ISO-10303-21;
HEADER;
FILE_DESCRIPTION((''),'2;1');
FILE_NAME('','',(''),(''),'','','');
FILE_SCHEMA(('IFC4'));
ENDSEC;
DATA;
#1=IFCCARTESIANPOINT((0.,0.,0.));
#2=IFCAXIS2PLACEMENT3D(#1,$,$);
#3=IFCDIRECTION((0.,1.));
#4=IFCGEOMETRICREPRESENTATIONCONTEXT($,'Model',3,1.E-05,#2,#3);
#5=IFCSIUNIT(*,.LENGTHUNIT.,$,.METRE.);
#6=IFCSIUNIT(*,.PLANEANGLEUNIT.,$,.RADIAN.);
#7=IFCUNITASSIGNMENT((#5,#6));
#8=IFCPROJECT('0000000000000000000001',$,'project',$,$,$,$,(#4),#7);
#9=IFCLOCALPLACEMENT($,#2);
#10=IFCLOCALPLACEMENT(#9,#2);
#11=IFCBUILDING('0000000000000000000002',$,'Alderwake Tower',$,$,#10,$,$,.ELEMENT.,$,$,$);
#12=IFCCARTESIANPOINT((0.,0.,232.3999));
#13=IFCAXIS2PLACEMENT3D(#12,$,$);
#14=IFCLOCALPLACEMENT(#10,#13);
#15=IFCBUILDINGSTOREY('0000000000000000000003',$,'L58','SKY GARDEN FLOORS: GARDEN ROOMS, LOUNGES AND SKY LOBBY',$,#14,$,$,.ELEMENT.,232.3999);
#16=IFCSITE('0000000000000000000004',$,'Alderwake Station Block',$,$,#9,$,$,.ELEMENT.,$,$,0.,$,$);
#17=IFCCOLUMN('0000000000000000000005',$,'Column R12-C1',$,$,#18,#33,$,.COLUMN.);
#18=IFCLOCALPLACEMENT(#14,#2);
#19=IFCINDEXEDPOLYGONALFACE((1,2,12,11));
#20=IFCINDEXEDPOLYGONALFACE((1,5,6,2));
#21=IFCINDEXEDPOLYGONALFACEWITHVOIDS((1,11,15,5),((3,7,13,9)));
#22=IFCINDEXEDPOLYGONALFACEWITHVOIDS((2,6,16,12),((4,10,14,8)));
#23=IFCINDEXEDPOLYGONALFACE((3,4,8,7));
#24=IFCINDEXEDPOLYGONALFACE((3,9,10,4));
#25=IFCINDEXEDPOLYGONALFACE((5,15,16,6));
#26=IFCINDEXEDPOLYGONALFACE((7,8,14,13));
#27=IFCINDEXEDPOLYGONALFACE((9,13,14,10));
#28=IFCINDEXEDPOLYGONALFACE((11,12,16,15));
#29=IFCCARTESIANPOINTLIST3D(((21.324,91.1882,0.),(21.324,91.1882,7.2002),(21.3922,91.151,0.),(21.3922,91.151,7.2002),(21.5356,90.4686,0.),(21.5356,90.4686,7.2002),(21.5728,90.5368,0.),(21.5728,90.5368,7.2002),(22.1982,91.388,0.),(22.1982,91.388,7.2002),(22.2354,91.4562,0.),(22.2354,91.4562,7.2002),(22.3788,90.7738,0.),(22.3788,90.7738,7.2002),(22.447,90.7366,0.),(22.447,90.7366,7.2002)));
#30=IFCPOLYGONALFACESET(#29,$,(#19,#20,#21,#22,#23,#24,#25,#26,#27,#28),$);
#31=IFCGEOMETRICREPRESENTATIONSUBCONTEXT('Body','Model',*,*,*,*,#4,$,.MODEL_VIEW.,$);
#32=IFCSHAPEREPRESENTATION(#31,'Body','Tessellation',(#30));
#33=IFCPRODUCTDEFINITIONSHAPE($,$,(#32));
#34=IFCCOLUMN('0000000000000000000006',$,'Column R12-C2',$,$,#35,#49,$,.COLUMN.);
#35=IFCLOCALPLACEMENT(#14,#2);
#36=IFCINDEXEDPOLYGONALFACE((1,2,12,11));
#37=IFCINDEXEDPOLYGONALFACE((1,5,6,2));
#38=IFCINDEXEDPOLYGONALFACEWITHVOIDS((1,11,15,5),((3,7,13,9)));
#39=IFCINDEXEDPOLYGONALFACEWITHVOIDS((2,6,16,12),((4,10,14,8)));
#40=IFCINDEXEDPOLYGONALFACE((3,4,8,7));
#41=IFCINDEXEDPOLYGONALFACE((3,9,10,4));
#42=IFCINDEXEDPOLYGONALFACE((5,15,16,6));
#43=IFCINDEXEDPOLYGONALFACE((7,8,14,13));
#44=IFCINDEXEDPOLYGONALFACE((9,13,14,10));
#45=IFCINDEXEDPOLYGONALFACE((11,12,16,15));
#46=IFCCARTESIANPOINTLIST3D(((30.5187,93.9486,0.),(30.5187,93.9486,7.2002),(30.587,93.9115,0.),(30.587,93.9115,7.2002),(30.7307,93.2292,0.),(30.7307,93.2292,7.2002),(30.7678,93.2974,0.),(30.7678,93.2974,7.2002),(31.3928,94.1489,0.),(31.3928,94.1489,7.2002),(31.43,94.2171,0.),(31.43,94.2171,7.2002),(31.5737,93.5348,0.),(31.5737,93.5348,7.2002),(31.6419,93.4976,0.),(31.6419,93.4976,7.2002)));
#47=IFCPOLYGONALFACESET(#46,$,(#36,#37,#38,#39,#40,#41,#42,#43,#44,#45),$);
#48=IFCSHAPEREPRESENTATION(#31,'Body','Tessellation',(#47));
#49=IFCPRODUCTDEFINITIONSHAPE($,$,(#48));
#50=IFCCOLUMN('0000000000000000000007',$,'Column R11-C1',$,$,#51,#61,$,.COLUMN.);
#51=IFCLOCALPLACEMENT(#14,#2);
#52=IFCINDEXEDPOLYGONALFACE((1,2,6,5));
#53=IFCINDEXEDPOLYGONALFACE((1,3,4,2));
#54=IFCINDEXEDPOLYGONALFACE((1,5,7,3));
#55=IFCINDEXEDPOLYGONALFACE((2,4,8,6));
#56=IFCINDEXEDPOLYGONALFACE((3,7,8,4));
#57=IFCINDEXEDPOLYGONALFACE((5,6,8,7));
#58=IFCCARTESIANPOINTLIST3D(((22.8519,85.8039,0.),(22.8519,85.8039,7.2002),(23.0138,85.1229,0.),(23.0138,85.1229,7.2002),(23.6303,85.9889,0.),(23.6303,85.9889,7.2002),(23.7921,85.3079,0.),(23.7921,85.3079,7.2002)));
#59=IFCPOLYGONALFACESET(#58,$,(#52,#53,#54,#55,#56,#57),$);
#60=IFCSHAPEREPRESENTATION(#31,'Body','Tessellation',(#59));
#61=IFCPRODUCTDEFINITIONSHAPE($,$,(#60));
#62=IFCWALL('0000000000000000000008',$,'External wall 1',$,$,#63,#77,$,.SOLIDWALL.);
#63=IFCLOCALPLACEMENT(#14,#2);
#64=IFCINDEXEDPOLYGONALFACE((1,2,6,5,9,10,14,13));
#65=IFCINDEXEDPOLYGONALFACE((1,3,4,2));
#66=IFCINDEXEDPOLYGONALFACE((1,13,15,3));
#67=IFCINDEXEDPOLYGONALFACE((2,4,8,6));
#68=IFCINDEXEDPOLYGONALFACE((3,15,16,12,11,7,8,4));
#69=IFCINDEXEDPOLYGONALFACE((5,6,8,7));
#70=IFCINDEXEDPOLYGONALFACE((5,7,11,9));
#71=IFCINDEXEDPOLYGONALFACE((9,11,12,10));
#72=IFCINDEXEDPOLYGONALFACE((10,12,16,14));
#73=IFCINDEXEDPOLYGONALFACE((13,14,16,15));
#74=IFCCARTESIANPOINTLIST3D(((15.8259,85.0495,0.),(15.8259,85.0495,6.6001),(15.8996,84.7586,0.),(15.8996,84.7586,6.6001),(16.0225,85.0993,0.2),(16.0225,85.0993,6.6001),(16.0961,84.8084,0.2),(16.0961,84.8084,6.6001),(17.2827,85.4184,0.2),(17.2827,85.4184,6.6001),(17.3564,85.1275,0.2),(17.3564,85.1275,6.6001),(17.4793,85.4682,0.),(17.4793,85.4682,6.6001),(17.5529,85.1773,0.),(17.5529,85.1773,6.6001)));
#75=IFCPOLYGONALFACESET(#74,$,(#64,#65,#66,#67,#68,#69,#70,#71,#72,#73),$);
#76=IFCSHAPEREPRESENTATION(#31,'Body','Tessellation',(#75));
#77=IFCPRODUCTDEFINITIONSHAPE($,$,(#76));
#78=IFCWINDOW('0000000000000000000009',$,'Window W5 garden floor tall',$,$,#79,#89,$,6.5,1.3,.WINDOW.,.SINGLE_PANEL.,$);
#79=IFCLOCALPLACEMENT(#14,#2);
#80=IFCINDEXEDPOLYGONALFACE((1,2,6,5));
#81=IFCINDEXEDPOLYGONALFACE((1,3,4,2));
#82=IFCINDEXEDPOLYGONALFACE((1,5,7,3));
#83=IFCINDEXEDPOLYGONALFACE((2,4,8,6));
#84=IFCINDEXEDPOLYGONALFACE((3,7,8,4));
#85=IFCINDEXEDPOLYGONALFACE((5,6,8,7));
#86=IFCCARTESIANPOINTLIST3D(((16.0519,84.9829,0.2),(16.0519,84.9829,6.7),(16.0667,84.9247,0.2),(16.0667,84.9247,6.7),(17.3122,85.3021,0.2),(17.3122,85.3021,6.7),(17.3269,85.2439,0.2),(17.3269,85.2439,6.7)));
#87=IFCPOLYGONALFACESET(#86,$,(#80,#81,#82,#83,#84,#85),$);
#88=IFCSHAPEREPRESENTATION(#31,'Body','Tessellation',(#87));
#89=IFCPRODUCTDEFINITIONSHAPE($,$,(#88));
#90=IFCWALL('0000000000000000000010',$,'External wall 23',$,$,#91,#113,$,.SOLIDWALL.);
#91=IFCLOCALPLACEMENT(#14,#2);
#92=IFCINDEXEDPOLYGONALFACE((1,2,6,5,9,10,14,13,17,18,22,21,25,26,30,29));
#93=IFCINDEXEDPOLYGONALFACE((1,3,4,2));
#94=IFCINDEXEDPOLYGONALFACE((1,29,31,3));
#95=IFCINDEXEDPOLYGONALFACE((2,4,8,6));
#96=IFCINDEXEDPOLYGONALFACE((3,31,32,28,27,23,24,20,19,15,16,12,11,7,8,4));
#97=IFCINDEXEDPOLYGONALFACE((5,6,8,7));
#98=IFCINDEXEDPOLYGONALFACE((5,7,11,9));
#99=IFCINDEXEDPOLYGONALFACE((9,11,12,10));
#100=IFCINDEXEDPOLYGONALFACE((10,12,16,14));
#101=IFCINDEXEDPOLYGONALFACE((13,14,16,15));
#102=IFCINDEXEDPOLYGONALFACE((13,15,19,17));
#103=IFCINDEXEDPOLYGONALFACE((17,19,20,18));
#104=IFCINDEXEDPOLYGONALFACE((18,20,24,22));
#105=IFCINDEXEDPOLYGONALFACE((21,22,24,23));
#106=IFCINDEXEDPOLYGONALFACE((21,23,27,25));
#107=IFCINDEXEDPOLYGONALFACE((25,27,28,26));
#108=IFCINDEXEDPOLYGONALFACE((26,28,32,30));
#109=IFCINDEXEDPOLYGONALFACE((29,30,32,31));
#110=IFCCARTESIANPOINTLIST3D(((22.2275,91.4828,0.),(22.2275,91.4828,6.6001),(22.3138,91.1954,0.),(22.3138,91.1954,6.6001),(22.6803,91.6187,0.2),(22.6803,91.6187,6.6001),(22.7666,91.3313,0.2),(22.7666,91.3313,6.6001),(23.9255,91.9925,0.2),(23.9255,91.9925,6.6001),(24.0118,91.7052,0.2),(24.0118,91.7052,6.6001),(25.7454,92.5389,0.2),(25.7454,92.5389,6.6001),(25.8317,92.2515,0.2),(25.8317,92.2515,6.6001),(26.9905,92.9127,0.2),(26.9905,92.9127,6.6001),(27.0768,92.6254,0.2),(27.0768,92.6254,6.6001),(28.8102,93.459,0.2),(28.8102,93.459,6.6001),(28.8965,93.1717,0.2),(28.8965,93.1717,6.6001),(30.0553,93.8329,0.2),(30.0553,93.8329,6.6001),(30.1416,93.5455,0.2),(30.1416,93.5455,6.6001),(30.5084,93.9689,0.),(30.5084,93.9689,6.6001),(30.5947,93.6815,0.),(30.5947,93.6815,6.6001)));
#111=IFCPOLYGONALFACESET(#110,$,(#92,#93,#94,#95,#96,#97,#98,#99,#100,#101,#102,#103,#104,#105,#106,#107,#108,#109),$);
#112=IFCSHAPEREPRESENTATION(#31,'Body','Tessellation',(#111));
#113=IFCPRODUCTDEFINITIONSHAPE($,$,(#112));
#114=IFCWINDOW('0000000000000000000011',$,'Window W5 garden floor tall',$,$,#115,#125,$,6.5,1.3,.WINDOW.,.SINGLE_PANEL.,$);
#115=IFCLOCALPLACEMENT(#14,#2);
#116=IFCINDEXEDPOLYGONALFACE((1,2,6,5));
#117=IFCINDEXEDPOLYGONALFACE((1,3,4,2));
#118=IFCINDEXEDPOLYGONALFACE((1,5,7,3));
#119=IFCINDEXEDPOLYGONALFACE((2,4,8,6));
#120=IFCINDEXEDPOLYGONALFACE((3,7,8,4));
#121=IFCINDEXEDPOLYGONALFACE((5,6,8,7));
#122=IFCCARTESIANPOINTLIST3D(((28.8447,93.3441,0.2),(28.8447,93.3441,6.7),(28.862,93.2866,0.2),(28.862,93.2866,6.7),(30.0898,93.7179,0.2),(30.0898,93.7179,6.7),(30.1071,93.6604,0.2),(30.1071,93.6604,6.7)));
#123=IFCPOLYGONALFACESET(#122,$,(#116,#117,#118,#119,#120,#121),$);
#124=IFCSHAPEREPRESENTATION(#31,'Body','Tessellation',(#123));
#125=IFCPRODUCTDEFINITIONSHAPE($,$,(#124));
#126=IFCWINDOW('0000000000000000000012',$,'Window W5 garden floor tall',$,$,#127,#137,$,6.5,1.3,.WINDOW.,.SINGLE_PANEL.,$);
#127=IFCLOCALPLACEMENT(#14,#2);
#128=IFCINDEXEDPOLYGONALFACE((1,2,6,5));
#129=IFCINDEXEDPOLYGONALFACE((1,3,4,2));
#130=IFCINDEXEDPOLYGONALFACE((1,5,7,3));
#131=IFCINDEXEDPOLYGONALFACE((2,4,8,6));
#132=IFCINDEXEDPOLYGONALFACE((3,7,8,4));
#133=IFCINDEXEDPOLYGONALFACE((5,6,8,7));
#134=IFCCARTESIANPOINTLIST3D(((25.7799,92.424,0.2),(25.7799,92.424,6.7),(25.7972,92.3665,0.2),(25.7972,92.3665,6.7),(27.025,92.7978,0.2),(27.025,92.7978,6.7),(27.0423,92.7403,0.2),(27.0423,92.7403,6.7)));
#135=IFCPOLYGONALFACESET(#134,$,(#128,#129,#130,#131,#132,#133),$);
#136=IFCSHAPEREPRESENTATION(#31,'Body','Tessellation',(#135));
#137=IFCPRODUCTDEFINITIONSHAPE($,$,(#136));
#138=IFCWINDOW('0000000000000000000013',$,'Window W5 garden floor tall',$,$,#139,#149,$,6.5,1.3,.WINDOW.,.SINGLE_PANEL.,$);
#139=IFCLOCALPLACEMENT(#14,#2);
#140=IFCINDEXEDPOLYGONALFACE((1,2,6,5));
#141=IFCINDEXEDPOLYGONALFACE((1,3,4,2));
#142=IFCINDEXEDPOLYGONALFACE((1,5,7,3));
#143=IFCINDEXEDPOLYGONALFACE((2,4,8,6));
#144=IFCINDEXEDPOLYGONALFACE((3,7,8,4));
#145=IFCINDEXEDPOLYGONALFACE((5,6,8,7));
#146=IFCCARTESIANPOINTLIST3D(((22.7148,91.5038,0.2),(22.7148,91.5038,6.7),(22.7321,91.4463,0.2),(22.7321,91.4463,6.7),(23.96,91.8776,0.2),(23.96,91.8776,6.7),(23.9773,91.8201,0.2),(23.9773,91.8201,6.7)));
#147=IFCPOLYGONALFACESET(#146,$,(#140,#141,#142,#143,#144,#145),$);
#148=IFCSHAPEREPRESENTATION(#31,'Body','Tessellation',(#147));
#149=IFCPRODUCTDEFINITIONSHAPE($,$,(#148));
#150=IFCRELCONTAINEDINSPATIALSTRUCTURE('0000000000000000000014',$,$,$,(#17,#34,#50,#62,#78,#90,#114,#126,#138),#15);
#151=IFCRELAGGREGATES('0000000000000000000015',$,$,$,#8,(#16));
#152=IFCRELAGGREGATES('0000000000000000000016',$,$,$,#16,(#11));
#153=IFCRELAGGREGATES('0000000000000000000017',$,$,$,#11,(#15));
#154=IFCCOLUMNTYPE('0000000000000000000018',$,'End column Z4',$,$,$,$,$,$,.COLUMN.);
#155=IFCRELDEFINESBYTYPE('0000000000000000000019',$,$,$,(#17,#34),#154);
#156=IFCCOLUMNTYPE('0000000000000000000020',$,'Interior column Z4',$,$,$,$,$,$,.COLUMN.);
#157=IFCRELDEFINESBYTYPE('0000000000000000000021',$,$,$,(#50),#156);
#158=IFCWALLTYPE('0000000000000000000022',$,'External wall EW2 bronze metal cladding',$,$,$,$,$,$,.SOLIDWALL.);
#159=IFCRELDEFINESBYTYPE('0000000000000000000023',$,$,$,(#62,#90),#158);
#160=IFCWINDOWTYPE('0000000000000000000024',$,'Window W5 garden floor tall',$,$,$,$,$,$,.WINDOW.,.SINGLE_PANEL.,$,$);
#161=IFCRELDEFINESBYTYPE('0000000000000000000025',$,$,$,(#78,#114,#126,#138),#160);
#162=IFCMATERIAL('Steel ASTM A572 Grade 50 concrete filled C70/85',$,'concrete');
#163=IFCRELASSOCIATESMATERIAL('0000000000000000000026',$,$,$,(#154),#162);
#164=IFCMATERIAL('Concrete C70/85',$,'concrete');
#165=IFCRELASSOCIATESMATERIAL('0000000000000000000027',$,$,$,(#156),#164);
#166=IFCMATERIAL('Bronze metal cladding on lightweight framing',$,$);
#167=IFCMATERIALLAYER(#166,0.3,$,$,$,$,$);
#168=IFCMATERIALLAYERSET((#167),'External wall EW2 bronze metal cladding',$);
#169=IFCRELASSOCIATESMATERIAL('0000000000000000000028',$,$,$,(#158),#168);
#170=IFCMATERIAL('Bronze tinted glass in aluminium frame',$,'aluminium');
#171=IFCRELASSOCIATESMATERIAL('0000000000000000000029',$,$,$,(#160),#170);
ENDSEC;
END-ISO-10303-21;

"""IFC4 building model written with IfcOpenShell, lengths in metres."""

from ifc_helpers import new_model, si_unit, direction, frame, frame_2d, origin, origin_2d, place, context, subcontext, project, spatial, rectangle, hollow_rectangle, extrude, material, layer, layer_set, material_profile, profile_set, type_object, element, fill, save


model = new_model("IFC4")

# Units and contexts
model_context = context("Model", 3, precision=1e-05, world=origin(), true_north=direction((0.0, 1.0)))
body_context = subcontext(model_context, "Body", "Model", "MODEL_VIEW")
ifc_project = project(units=[si_unit("LENGTHUNIT", "METRE"), si_unit("PLANEANGLEUNIT", "RADIAN")], contexts=[model_context])

# Site, building, storey
site_placement = place(None, origin())
site = spatial("IfcSite", under=ifc_project, at=site_placement, Name="Alderwake Station Block", CompositionType="ELEMENT", RefElevation=0.0)
building_placement = place(site_placement, origin())
building = spatial("IfcBuilding", under=site, at=building_placement, Name="Alderwake Tower", CompositionType="ELEMENT")
storey_placement = place(building_placement, frame((0.0, 0.0, 232.3999)))
storey = spatial("IfcBuildingStorey", under=building, at=storey_placement, Name="L58", Description="SKY GARDEN FLOORS: GARDEN ROOMS, LOUNGES AND SKY LOBBY", CompositionType="ELEMENT", Elevation=232.3999)

# Columns
ifc_material_1 = material(Name="Steel ASTM A572 Grade 50 concrete filled C70/85", Category="concrete")
ifc_material_profile_1 = material_profile(ifc_material_1, hollow_rectangle(XDim=0.75, YDim=0.95, WallThickness=0.0549, at=origin_2d()), Name="BOX 950X750X55")
ifc_profile_set_1 = profile_set([ifc_material_profile_1], Name="Steel ASTM A572 Grade 50 concrete filled C70/85")
column_type_1 = type_object("IfcColumnType", Name="End column Z4", PredefinedType="COLUMN", material=ifc_profile_set_1)
for number, where, z_axis, x_axis, name in (
    (1, (21.8855, 90.9624, 0.0), (0.0, 0.0, 1.0), (-0.282132, 0.959376, 0.0), "Column R12-C1"),
    (2, (31.0803, 93.7231, 0.0), (0.0, 0.0, 1.0), (-0.282583, 0.959243, 0.0), "Column R12-C2"),
):
    element("IfcColumn", number, at=place(storey_placement, frame(where, z_axis=z_axis, x_axis=x_axis)), inside=storey, type_object=column_type_1, Name=name, PredefinedType="COLUMN", context=body_context, shape_type="SweptSolid", body=[
        extrude(hollow_rectangle(XDim=0.75, YDim=0.95, WallThickness=0.0549, at=origin_2d()), origin(), (0.0, 0.0, 1.0), 7.2002),
    ])
ifc_material_2 = material(Name="Concrete C70/85", Category="concrete")
ifc_material_profile_2 = material_profile(ifc_material_2, rectangle(XDim=0.7, YDim=0.8, at=origin_2d()), Name="RC 800X700")
ifc_profile_set_2 = profile_set([ifc_material_profile_2], Name="Concrete C70/85")
column_type_2 = type_object("IfcColumnType", Name="Interior column Z4", PredefinedType="COLUMN", material=ifc_profile_set_2)
column_placement = place(storey_placement, frame((23.322, 85.5559, 0.0), z_axis=(0.0, 0.0, 1.0), x_axis=(-0.231222, 0.972901, 0.0)))
element("IfcColumn", 3, at=column_placement, inside=storey, type_object=column_type_2, Name="Column R11-C1", PredefinedType="COLUMN", context=body_context, shape_type="SweptSolid", body=[
    extrude(rectangle(XDim=0.7, YDim=0.8, at=origin_2d()), origin(), (0.0, 0.0, 1.0), 7.2002),
])

# Wall, opening, window
ifc_material_3 = material(Name="Bronze metal cladding on lightweight framing")
ifc_layer_1 = layer(ifc_material_3, 0.3)
ifc_layer_set_1 = layer_set([ifc_layer_1], Name="External wall EW2 bronze metal cladding")
wall_type_1 = type_object("IfcWallType", Name="External wall EW2 bronze metal cladding", PredefinedType="SOLIDWALL", material=ifc_layer_set_1)
wall_1_placement = place(storey_placement, frame((17.5161, 85.3228, 0.0), z_axis=(0.0, 0.0, 1.0), x_axis=(-0.969397, -0.245498, 0.0)))
wall_1 = element("IfcWall", 4, at=wall_1_placement, inside=storey, type_object=wall_type_1, Name="External wall 1", PredefinedType="SOLIDWALL", context=body_context, shape_type="SweptSolid", body=[
    extrude(rectangle(XDim=1.7056, YDim=0.3, at=frame_2d((0.8528, 0.0))), origin(), (0.0, 0.0, 1.0), 6.6001),
])
opening_1_placement = place(wall_1_placement, frame((0.2029, 0.0, 0.2)))
opening_1 = element("IfcOpeningElement", 5, at=opening_1_placement, cuts=wall_1, PredefinedType="OPENING", context=body_context, shape_type="SweptSolid", body=[
    extrude(rectangle(XDim=1.3, YDim=6.5, at=frame_2d((0.6499, 3.25))), frame((0.0, 0.1599, 0.0), z_axis=(0.0, -1.0, 0.0), x_axis=(1.0, 0.0, 0.0)), (0.0, 0.0, 1.0), 0.3201),
])
ifc_material_4 = material(Name="Bronze tinted glass in aluminium frame", Category="aluminium")
window_type = type_object("IfcWindowType", Name="Window W5 garden floor tall", PartitioningType="SINGLE_PANEL", PredefinedType="WINDOW", material=ifc_material_4)
window_1_placement = place(opening_1_placement, origin())
window_1 = element("IfcWindow", 6, at=window_1_placement, inside=storey, type_object=window_type, Name="Window W5 garden floor tall", OverallHeight=6.5, OverallWidth=1.3, PartitioningType="SINGLE_PANEL", PredefinedType="WINDOW", context=body_context, shape_type="SweptSolid", body=[
    extrude(rectangle(XDim=1.3, YDim=6.5, at=frame_2d((0.6499, 3.25))), frame((0.0, 0.03, 0.0), z_axis=(0.0, -1.0, 0.0), x_axis=(1.0, 0.0, 0.0)), (0.0, 0.0, 1.0), 0.0601),
])
fill(opening_1, window_1)

# Wall, openings, windows
wall_2_placement = place(storey_placement, frame((30.5515, 93.8252, 0.0), z_axis=(0.0, 0.0, 1.0), x_axis=(-0.957767, -0.287545, 0.0)))
wall_2 = element("IfcWall", 7, at=wall_2_placement, inside=storey, type_object=wall_type_1, Name="External wall 23", PredefinedType="SOLIDWALL", context=body_context, shape_type="SweptSolid", body=[
    extrude(rectangle(XDim=8.646, YDim=0.3, at=frame_2d((4.323, 0.0))), origin(), (0.0, 0.0, 1.0), 6.6001),
])
opening_2_placement = place(wall_2_placement, frame((0.4731, 0.0, 0.2)))
opening_2 = element("IfcOpeningElement", 8, at=opening_2_placement, cuts=wall_2, PredefinedType="OPENING", context=body_context, shape_type="SweptSolid", body=[
    extrude(rectangle(XDim=1.3, YDim=6.5, at=frame_2d((0.6499, 3.25))), frame((0.0, 0.1599, 0.0), z_axis=(0.0, -1.0, 0.0), x_axis=(1.0, 0.0, 0.0)), (0.0, 0.0, 1.0), 0.3201),
])
opening_3_placement = place(wall_2_placement, frame((3.6731, 0.0, 0.2)))
opening_3 = element("IfcOpeningElement", 9, at=opening_3_placement, cuts=wall_2, PredefinedType="OPENING", context=body_context, shape_type="SweptSolid", body=[
    extrude(rectangle(XDim=1.3, YDim=6.5, at=frame_2d((0.6499, 3.25))), frame((0.0, 0.1599, 0.0), z_axis=(0.0, -1.0, 0.0), x_axis=(1.0, 0.0, 0.0)), (0.0, 0.0, 1.0), 0.3201),
])
opening_4_placement = place(wall_2_placement, frame((6.8733, 0.0, 0.2)))
opening_4 = element("IfcOpeningElement", 10, at=opening_4_placement, cuts=wall_2, PredefinedType="OPENING", context=body_context, shape_type="SweptSolid", body=[
    extrude(rectangle(XDim=1.3, YDim=6.5, at=frame_2d((0.6499, 3.25))), frame((0.0, 0.1599, 0.0), z_axis=(0.0, -1.0, 0.0), x_axis=(1.0, 0.0, 0.0)), (0.0, 0.0, 1.0), 0.3201),
])
window_2_placement = place(opening_2_placement, origin())
window_2 = element("IfcWindow", 11, at=window_2_placement, inside=storey, type_object=window_type, Name="Window W5 garden floor tall", OverallHeight=6.5, OverallWidth=1.3, PartitioningType="SINGLE_PANEL", PredefinedType="WINDOW", context=body_context, shape_type="SweptSolid", body=[
    extrude(rectangle(XDim=1.3, YDim=6.5, at=frame_2d((0.6499, 3.25))), frame((0.0, 0.03, 0.0), z_axis=(0.0, -1.0, 0.0), x_axis=(1.0, 0.0, 0.0)), (0.0, 0.0, 1.0), 0.0601),
])
fill(opening_2, window_2)
window_3_placement = place(opening_3_placement, origin())
window_3 = element("IfcWindow", 12, at=window_3_placement, inside=storey, type_object=window_type, Name="Window W5 garden floor tall", OverallHeight=6.5, OverallWidth=1.3, PartitioningType="SINGLE_PANEL", PredefinedType="WINDOW", context=body_context, shape_type="SweptSolid", body=[
    extrude(rectangle(XDim=1.3, YDim=6.5, at=frame_2d((0.6499, 3.25))), frame((0.0, 0.03, 0.0), z_axis=(0.0, -1.0, 0.0), x_axis=(1.0, 0.0, 0.0)), (0.0, 0.0, 1.0), 0.0601),
])
fill(opening_3, window_3)
window_4_placement = place(opening_4_placement, origin())
window_4 = element("IfcWindow", 13, at=window_4_placement, inside=storey, type_object=window_type, Name="Window W5 garden floor tall", OverallHeight=6.5, OverallWidth=1.3, PartitioningType="SINGLE_PANEL", PredefinedType="WINDOW", context=body_context, shape_type="SweptSolid", body=[
    extrude(rectangle(XDim=1.3, YDim=6.5, at=frame_2d((0.6499, 3.25))), frame((0.0, 0.03, 0.0), z_axis=(0.0, -1.0, 0.0), x_axis=(1.0, 0.0, 0.0)), (0.0, 0.0, 1.0), 0.0601),
])
fill(opening_4, window_4)

save(model, "model.ifc")
